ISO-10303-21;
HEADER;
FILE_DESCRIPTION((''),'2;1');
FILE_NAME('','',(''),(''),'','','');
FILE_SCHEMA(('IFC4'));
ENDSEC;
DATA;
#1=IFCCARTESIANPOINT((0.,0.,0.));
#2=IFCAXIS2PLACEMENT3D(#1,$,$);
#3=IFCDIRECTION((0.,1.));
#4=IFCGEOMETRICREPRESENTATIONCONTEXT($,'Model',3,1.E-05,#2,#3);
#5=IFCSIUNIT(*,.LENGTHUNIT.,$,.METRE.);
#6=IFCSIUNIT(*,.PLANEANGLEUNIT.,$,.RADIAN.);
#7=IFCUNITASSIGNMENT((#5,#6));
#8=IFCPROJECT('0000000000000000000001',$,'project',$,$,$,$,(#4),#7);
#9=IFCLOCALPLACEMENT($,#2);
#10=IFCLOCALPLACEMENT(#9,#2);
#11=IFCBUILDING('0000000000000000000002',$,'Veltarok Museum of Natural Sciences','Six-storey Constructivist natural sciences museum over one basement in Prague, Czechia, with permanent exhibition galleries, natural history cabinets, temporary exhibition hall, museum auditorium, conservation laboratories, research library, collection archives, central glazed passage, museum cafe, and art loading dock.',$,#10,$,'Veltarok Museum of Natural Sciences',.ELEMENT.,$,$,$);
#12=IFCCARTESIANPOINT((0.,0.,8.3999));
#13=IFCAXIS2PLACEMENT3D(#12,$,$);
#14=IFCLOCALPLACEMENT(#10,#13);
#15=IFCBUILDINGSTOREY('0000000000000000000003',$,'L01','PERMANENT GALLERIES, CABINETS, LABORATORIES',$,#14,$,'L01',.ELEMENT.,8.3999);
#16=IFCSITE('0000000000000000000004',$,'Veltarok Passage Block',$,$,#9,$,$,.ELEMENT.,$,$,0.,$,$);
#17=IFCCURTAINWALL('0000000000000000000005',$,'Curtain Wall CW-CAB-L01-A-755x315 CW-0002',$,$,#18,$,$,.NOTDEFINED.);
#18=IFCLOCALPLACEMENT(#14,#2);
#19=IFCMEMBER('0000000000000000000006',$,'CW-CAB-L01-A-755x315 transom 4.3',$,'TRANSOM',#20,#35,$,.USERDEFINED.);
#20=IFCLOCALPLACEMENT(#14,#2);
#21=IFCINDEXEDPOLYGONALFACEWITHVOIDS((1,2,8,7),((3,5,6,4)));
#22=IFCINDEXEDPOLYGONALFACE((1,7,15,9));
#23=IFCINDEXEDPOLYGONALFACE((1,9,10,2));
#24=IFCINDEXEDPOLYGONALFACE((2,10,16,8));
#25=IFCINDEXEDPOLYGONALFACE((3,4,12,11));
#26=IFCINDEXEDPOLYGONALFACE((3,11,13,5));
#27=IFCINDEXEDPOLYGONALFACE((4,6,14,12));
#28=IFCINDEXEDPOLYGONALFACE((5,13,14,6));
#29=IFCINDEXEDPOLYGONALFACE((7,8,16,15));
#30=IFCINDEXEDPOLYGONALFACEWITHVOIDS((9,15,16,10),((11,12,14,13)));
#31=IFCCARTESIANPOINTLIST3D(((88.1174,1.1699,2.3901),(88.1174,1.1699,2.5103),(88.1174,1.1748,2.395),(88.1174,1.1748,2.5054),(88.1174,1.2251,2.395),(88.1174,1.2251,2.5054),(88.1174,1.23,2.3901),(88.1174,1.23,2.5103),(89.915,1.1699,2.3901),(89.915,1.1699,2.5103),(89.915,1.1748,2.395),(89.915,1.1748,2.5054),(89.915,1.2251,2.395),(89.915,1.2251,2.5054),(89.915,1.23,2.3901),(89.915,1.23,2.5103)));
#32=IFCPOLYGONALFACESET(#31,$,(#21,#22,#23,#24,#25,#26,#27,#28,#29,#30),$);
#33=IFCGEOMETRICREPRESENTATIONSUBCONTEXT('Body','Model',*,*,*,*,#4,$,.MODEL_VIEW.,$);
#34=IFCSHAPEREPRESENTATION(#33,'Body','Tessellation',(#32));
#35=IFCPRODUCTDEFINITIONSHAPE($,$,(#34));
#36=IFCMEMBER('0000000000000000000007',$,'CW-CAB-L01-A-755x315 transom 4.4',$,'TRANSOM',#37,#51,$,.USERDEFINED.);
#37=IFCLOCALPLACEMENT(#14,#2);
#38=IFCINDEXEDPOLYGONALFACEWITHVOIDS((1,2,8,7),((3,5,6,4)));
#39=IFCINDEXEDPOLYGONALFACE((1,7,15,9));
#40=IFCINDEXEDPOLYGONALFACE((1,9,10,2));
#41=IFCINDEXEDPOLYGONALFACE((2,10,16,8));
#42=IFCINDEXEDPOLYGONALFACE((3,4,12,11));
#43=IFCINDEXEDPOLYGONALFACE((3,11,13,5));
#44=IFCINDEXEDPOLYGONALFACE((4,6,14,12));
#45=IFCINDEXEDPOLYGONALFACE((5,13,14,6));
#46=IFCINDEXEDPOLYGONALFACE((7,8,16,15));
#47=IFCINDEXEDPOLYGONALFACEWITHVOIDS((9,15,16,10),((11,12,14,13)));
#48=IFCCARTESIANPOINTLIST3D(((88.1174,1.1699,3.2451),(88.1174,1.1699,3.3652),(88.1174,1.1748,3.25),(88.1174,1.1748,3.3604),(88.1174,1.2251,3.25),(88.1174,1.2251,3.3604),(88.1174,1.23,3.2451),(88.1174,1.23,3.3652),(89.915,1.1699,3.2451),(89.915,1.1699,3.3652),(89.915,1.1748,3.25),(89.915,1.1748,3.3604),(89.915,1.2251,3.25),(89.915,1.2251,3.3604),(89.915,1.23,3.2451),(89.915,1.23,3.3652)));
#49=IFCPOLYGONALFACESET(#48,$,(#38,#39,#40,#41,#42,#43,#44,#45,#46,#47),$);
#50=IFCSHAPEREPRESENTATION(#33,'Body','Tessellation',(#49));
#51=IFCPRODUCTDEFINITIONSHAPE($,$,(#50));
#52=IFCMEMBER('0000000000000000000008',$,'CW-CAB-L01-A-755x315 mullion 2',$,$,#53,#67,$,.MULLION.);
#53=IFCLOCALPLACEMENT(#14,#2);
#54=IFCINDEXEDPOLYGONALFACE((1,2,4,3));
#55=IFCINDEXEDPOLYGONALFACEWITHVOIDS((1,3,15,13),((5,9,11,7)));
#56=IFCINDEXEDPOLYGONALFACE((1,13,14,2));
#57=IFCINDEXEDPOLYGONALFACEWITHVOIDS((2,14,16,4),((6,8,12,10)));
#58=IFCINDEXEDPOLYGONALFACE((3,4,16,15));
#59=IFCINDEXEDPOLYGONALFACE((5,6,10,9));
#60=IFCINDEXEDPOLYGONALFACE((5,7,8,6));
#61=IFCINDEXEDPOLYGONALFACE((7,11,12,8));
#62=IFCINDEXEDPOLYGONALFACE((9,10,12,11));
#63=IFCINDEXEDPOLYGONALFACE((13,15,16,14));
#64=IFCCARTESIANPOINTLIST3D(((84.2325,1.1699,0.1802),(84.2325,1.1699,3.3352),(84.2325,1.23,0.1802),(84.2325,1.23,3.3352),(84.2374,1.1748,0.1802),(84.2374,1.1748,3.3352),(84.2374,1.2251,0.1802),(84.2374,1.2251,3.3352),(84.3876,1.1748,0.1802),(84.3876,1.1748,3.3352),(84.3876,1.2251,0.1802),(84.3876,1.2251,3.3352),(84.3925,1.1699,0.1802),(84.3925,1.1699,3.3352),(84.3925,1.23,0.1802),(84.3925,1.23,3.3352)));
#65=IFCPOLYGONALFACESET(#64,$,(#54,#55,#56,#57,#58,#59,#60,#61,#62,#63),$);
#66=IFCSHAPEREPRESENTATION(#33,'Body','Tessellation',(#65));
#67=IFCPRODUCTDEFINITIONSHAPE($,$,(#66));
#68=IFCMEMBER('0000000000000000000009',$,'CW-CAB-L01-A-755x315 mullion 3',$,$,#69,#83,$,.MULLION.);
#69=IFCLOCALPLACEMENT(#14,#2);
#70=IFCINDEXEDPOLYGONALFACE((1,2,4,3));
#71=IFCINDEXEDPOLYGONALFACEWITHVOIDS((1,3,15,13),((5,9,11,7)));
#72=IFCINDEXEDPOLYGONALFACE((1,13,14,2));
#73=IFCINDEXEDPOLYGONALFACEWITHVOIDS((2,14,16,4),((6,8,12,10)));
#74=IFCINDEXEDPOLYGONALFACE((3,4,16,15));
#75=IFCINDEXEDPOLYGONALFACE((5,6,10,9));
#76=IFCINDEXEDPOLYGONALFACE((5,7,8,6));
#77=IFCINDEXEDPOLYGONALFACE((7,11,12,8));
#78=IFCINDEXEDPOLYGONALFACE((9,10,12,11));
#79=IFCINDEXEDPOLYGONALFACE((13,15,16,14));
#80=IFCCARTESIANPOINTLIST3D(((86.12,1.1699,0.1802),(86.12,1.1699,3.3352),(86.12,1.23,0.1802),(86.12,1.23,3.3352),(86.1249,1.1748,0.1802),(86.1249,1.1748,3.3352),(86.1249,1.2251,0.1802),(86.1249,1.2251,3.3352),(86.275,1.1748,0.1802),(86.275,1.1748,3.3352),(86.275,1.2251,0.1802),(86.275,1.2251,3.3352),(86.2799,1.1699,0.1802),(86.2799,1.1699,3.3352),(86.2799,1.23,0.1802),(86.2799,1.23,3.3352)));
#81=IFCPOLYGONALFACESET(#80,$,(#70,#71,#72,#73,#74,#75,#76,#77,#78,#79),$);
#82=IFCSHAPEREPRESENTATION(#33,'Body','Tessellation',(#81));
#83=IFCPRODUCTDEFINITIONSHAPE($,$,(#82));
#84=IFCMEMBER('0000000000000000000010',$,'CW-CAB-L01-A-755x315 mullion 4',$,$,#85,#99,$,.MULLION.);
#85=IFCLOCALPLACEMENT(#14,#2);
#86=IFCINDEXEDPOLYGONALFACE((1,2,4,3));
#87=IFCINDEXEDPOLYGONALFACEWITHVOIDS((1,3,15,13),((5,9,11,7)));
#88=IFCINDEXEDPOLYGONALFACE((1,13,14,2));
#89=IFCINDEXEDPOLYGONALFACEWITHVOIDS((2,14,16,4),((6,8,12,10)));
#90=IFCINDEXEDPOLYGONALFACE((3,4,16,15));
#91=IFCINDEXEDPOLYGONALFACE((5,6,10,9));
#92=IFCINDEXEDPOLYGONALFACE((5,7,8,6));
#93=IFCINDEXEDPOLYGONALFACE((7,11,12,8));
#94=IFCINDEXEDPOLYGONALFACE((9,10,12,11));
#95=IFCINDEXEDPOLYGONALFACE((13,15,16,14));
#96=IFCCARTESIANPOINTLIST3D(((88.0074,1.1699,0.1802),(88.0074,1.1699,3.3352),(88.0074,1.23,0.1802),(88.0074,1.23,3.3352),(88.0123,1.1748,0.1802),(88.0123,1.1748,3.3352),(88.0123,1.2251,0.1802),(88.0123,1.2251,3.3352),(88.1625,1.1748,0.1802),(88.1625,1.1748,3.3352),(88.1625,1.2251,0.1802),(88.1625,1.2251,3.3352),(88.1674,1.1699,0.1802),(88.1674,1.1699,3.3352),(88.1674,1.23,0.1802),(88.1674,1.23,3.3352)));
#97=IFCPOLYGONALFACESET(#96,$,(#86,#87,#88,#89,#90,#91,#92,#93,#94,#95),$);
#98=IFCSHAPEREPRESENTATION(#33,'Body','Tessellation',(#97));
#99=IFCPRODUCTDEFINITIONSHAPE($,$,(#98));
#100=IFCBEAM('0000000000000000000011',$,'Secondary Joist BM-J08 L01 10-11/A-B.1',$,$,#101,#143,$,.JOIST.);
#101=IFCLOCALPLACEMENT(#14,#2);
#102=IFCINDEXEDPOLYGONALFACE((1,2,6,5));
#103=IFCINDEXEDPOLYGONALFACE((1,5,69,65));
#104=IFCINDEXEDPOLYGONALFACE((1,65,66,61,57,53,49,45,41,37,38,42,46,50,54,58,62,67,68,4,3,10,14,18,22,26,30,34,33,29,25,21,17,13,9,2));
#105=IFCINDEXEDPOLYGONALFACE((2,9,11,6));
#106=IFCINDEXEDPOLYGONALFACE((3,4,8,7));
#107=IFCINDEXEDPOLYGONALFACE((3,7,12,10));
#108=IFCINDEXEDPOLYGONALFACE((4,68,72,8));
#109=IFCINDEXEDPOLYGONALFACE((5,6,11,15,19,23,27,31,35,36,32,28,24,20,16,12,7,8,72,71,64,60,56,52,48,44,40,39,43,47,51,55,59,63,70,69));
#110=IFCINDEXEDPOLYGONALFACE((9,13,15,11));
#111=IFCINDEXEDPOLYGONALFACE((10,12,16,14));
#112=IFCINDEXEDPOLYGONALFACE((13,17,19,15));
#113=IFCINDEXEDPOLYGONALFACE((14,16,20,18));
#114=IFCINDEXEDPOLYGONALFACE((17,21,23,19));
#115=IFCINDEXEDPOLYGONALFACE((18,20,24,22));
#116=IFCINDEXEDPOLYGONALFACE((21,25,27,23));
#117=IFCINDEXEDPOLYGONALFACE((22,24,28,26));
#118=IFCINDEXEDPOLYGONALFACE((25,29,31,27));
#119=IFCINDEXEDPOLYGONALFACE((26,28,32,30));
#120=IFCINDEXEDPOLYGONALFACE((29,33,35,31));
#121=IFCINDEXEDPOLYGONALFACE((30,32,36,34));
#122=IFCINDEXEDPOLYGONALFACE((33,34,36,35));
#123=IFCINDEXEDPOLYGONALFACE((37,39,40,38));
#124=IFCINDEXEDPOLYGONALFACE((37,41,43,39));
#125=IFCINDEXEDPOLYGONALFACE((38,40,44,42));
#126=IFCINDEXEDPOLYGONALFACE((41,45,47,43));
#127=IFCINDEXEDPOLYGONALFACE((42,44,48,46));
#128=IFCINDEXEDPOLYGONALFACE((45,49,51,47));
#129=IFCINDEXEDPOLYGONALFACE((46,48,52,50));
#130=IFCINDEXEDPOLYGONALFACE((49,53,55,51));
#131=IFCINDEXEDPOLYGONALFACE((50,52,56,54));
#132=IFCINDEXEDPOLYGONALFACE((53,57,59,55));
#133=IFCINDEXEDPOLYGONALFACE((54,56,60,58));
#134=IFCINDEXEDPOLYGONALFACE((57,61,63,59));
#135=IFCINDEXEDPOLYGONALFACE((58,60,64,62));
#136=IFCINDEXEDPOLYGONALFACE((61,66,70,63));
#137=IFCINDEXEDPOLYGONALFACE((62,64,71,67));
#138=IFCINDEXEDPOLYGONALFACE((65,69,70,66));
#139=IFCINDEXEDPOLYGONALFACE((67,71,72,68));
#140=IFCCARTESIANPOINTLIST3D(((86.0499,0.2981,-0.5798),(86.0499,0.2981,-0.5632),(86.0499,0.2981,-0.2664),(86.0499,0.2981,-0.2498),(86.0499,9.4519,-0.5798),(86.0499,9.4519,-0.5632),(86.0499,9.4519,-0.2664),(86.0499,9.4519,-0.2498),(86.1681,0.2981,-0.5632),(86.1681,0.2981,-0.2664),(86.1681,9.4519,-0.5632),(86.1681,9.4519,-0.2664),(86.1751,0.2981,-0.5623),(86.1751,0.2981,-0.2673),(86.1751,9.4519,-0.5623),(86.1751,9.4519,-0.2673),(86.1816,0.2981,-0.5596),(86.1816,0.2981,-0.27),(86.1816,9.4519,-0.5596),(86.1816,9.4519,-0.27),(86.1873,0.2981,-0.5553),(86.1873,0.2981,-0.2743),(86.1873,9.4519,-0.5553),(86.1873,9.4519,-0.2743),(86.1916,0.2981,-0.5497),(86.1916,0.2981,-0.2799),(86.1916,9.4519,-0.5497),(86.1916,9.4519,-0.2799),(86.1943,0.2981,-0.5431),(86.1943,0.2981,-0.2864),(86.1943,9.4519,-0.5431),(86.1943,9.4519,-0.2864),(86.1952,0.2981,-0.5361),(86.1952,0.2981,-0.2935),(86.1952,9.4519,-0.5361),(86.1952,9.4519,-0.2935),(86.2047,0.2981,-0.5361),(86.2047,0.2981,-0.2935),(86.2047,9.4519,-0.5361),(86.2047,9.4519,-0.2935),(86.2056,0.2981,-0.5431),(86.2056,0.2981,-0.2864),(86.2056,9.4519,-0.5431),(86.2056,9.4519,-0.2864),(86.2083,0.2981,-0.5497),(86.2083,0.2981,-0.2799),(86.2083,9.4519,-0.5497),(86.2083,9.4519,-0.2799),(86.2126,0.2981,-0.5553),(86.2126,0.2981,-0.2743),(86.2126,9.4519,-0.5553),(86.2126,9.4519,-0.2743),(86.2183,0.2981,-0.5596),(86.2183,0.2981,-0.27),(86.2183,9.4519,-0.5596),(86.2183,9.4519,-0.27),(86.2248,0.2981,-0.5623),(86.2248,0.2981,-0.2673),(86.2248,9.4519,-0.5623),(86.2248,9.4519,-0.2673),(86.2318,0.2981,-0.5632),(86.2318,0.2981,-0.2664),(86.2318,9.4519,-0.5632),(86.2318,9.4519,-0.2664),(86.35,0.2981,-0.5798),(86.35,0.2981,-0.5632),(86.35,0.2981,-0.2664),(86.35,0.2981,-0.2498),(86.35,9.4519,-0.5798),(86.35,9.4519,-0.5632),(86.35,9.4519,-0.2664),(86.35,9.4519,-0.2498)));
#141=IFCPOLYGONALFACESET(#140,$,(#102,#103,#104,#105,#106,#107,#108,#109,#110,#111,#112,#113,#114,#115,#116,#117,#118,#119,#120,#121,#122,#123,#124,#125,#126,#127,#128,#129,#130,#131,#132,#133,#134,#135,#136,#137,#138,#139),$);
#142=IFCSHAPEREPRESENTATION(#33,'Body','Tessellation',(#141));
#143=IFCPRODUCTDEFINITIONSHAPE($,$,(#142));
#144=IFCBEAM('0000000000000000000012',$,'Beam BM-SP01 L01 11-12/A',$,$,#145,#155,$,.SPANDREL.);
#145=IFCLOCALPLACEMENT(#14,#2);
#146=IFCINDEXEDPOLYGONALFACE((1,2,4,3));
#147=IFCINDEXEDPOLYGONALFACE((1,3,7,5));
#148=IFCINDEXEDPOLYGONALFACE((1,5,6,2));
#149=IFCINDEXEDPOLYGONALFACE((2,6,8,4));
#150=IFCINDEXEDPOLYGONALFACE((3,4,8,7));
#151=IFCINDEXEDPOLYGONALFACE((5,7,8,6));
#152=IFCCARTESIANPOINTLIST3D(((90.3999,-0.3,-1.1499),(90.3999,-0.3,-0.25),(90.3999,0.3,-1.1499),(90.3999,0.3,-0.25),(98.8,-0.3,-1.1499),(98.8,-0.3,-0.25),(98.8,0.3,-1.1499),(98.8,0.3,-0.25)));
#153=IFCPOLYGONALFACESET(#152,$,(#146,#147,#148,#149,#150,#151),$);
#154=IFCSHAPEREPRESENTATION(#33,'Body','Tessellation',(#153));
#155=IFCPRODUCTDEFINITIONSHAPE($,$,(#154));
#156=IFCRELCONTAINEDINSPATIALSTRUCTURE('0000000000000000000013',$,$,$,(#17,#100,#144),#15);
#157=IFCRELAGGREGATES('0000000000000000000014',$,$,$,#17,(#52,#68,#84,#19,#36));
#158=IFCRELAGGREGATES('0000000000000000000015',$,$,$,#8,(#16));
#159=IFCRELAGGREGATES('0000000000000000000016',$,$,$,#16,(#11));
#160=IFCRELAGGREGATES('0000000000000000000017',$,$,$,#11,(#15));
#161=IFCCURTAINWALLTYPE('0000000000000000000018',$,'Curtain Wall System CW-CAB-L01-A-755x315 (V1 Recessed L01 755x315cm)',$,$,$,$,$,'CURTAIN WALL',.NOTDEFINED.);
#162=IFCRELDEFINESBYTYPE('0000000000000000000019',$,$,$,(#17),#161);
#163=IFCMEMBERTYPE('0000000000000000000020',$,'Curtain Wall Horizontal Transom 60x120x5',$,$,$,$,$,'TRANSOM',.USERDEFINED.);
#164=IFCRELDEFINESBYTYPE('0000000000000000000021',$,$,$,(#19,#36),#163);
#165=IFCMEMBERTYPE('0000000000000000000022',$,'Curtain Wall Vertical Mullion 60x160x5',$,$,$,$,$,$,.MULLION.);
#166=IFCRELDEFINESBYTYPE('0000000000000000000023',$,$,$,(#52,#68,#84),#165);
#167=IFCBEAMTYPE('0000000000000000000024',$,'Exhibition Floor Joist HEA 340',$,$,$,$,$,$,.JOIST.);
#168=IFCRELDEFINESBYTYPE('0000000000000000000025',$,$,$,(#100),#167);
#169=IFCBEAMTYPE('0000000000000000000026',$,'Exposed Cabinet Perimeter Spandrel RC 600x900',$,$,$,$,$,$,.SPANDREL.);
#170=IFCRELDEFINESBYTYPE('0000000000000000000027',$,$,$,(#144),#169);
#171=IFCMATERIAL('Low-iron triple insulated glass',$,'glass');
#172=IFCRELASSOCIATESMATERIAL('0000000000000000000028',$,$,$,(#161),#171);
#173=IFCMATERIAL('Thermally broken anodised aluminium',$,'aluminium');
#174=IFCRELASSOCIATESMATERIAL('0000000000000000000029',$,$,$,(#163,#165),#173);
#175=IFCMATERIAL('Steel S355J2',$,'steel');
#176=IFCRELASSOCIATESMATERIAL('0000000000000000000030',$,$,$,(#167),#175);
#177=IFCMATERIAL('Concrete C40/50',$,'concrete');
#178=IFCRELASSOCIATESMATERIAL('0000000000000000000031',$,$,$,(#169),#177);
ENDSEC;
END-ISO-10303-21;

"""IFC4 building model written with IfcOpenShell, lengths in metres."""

from ifc_helpers import new_model, si_unit, direction, frame, origin, origin_2d, place, context, subcontext, project, spatial, rectangle, hollow_rectangle, i_section, extrude, material, material_profile, profile_set, type_object, element, aggregate, save


model = new_model("IFC4")

# Units and contexts
model_context = context("Model", 3, precision=1e-05, world=origin(), true_north=direction((0.0, 1.0)))
body_context = subcontext(model_context, "Body", "Model", "MODEL_VIEW")
ifc_project = project(units=[si_unit("LENGTHUNIT", "METRE"), si_unit("PLANEANGLEUNIT", "RADIAN")], contexts=[model_context])

# Site, building, storey
site_placement = place(None, origin())
site = spatial("IfcSite", under=ifc_project, at=site_placement, Name="Veltarok Passage Block", CompositionType="ELEMENT", RefElevation=0.0)
building_placement = place(site_placement, origin())
building = spatial("IfcBuilding", under=site, at=building_placement, Name="Veltarok Museum of Natural Sciences", Description="Six-storey Constructivist natural sciences museum over one basement in Prague, Czechia, with permanent exhibition galleries, natural history cabinets, temporary exhibition hall, museum auditorium, conservation laboratories, research library, collection archives, central glazed passage, museum cafe, and art loading dock.", LongName="Veltarok Museum of Natural Sciences", CompositionType="ELEMENT")
storey_placement = place(building_placement, frame((0.0, 0.0, 8.3999)))
storey = spatial("IfcBuildingStorey", under=building, at=storey_placement, Name="L01", Description="PERMANENT GALLERIES, CABINETS, LABORATORIES", LongName="L01", CompositionType="ELEMENT", Elevation=8.3999)

# Shared definitions
ifc_material_1 = material(Name="Concrete C40/50", Category="concrete")

# Curtain wall, members
ifc_material_2 = material(Name="Low-iron triple insulated glass", Category="glass")
curtain_wall_type = type_object("IfcCurtainWallType", Name="Curtain Wall System CW-CAB-L01-A-755x315 (V1 Recessed L01 755x315cm)", ElementType="CURTAIN WALL", PredefinedType="NOTDEFINED", material=ifc_material_2)
curtain_wall_placement = place(storey_placement, origin())
curtain_wall = element("IfcCurtainWall", 1, at=curtain_wall_placement, inside=storey, type_object=curtain_wall_type, Name="Curtain Wall CW-CAB-L01-A-755x315 CW-0002", PredefinedType="NOTDEFINED")
ifc_material_3 = material(Name="Thermally broken anodised aluminium", Category="aluminium")
ifc_material_profile_1 = material_profile(ifc_material_3, hollow_rectangle(XDim=0.0601, YDim=0.1201, WallThickness=0.0049, at=origin_2d()), Name="CW TRANSOM 60x120x5")
ifc_profile_set_1 = profile_set([ifc_material_profile_1], Name="Thermally broken anodised aluminium")
member_type_1 = type_object("IfcMemberType", Name="Curtain Wall Horizontal Transom 60x120x5", ElementType="TRANSOM", PredefinedType="USERDEFINED", material=ifc_profile_set_1)
member_1_placement = place(storey_placement, frame((88.1174, 1.2, 2.4502), z_axis=(1.0, 0.0, 0.0), x_axis=(0.0, 1.0, 0.0)))
member_1 = element("IfcMember", 2, at=member_1_placement, type_object=member_type_1, Name="CW-CAB-L01-A-755x315 transom 4.3", ObjectType="TRANSOM", PredefinedType="USERDEFINED", context=body_context, shape_type="SweptSolid", body=[
    extrude(hollow_rectangle(XDim=0.0601, YDim=0.1201, WallThickness=0.0049, at=origin_2d()), origin(), (0.0, 0.0, 1.0), 1.7976),
])
member_2_placement = place(storey_placement, frame((88.1174, 1.2, 3.3052), z_axis=(1.0, 0.0, 0.0), x_axis=(0.0, 1.0, 0.0)))
member_2 = element("IfcMember", 3, at=member_2_placement, type_object=member_type_1, Name="CW-CAB-L01-A-755x315 transom 4.4", ObjectType="TRANSOM", PredefinedType="USERDEFINED", context=body_context, shape_type="SweptSolid", body=[
    extrude(hollow_rectangle(XDim=0.0601, YDim=0.1201, WallThickness=0.0049, at=origin_2d()), origin(), (0.0, 0.0, 1.0), 1.7976),
])
ifc_material_profile_2 = material_profile(ifc_material_3, hollow_rectangle(XDim=0.0601, YDim=0.1599, WallThickness=0.0049, at=origin_2d()), Name="CW MULLION 60x160x5")
ifc_profile_set_2 = profile_set([ifc_material_profile_2], Name="Thermally broken anodised aluminium")
member_type_2 = type_object("IfcMemberType", Name="Curtain Wall Vertical Mullion 60x160x5", PredefinedType="MULLION", material=ifc_profile_set_2)
member_3_placement = place(storey_placement, frame((84.3125, 1.2, 0.1802), z_axis=(0.0, 0.0, 1.0), x_axis=(0.0, 1.0, 0.0)))
member_3 = element("IfcMember", 4, at=member_3_placement, type_object=member_type_2, Name="CW-CAB-L01-A-755x315 mullion 2", PredefinedType="MULLION", context=body_context, shape_type="SweptSolid", body=[
    extrude(hollow_rectangle(XDim=0.0601, YDim=0.1599, WallThickness=0.0049, at=origin_2d()), origin(), (0.0, 0.0, 1.0), 3.155),
])
member_4_placement = place(storey_placement, frame((86.2, 1.2, 0.1802), z_axis=(0.0, 0.0, 1.0), x_axis=(0.0, 1.0, 0.0)))
member_4 = element("IfcMember", 5, at=member_4_placement, type_object=member_type_2, Name="CW-CAB-L01-A-755x315 mullion 3", PredefinedType="MULLION", context=body_context, shape_type="SweptSolid", body=[
    extrude(hollow_rectangle(XDim=0.0601, YDim=0.1599, WallThickness=0.0049, at=origin_2d()), origin(), (0.0, 0.0, 1.0), 3.155),
])
member_5_placement = place(storey_placement, frame((88.0874, 1.2, 0.1802), z_axis=(0.0, 0.0, 1.0), x_axis=(0.0, 1.0, 0.0)))
member_5 = element("IfcMember", 6, at=member_5_placement, type_object=member_type_2, Name="CW-CAB-L01-A-755x315 mullion 4", PredefinedType="MULLION", context=body_context, shape_type="SweptSolid", body=[
    extrude(hollow_rectangle(XDim=0.0601, YDim=0.1599, WallThickness=0.0049, at=origin_2d()), origin(), (0.0, 0.0, 1.0), 3.155),
])

# Beams
ifc_material_4 = material(Name="Steel S355J2", Category="steel")
ifc_material_profile_3 = material_profile(ifc_material_4, i_section(OverallWidth=0.3, OverallDepth=0.3301, WebThickness=0.0095, FlangeThickness=0.0166, FilletRadius=0.0271, at=origin_2d()), Name="HEA 340")
ifc_profile_set_3 = profile_set([ifc_material_profile_3], Name="Steel S355J2")
beam_type_1 = type_object("IfcBeamType", Name="Exhibition Floor Joist HEA 340", PredefinedType="JOIST", material=ifc_profile_set_3)
beam_1_placement = place(storey_placement, frame((86.2, 0.2981, -0.4148), z_axis=(0.0, 1.0, 0.0), x_axis=(-1.0, 0.0, 0.0)))
element("IfcBeam", 7, at=beam_1_placement, inside=storey, type_object=beam_type_1, Name="Secondary Joist BM-J08 L01 10-11/A-B.1", PredefinedType="JOIST", context=body_context, shape_type="SweptSolid", body=[
    extrude(i_section(OverallWidth=0.3, OverallDepth=0.3301, WebThickness=0.0095, FlangeThickness=0.0166, FilletRadius=0.0271, at=origin_2d()), origin(), (0.0, 0.0, 1.0), 9.1538),
])
ifc_material_profile_4 = material_profile(ifc_material_1, rectangle(XDim=0.6001, YDim=0.8999, at=origin_2d()), Name="RC 600x900")
ifc_profile_set_4 = profile_set([ifc_material_profile_4], Name="Concrete C40/50")
beam_type_2 = type_object("IfcBeamType", Name="Exposed Cabinet Perimeter Spandrel RC 600x900", PredefinedType="SPANDREL", material=ifc_profile_set_4)
beam_2_placement = place(storey_placement, frame((90.3999, 0.0, -0.7), z_axis=(1.0, 0.0, 0.0), x_axis=(0.0, 1.0, 0.0)))
element("IfcBeam", 8, at=beam_2_placement, inside=storey, type_object=beam_type_2, Name="Beam BM-SP01 L01 11-12/A", PredefinedType="SPANDREL", context=body_context, shape_type="SweptSolid", body=[
    extrude(rectangle(XDim=0.6001, YDim=0.8999, at=origin_2d()), origin(), (0.0, 0.0, 1.0), 8.4001),
])

aggregate(curtain_wall, [member_3, member_4, member_5, member_1, member_2])

save(model, "model.ifc")
